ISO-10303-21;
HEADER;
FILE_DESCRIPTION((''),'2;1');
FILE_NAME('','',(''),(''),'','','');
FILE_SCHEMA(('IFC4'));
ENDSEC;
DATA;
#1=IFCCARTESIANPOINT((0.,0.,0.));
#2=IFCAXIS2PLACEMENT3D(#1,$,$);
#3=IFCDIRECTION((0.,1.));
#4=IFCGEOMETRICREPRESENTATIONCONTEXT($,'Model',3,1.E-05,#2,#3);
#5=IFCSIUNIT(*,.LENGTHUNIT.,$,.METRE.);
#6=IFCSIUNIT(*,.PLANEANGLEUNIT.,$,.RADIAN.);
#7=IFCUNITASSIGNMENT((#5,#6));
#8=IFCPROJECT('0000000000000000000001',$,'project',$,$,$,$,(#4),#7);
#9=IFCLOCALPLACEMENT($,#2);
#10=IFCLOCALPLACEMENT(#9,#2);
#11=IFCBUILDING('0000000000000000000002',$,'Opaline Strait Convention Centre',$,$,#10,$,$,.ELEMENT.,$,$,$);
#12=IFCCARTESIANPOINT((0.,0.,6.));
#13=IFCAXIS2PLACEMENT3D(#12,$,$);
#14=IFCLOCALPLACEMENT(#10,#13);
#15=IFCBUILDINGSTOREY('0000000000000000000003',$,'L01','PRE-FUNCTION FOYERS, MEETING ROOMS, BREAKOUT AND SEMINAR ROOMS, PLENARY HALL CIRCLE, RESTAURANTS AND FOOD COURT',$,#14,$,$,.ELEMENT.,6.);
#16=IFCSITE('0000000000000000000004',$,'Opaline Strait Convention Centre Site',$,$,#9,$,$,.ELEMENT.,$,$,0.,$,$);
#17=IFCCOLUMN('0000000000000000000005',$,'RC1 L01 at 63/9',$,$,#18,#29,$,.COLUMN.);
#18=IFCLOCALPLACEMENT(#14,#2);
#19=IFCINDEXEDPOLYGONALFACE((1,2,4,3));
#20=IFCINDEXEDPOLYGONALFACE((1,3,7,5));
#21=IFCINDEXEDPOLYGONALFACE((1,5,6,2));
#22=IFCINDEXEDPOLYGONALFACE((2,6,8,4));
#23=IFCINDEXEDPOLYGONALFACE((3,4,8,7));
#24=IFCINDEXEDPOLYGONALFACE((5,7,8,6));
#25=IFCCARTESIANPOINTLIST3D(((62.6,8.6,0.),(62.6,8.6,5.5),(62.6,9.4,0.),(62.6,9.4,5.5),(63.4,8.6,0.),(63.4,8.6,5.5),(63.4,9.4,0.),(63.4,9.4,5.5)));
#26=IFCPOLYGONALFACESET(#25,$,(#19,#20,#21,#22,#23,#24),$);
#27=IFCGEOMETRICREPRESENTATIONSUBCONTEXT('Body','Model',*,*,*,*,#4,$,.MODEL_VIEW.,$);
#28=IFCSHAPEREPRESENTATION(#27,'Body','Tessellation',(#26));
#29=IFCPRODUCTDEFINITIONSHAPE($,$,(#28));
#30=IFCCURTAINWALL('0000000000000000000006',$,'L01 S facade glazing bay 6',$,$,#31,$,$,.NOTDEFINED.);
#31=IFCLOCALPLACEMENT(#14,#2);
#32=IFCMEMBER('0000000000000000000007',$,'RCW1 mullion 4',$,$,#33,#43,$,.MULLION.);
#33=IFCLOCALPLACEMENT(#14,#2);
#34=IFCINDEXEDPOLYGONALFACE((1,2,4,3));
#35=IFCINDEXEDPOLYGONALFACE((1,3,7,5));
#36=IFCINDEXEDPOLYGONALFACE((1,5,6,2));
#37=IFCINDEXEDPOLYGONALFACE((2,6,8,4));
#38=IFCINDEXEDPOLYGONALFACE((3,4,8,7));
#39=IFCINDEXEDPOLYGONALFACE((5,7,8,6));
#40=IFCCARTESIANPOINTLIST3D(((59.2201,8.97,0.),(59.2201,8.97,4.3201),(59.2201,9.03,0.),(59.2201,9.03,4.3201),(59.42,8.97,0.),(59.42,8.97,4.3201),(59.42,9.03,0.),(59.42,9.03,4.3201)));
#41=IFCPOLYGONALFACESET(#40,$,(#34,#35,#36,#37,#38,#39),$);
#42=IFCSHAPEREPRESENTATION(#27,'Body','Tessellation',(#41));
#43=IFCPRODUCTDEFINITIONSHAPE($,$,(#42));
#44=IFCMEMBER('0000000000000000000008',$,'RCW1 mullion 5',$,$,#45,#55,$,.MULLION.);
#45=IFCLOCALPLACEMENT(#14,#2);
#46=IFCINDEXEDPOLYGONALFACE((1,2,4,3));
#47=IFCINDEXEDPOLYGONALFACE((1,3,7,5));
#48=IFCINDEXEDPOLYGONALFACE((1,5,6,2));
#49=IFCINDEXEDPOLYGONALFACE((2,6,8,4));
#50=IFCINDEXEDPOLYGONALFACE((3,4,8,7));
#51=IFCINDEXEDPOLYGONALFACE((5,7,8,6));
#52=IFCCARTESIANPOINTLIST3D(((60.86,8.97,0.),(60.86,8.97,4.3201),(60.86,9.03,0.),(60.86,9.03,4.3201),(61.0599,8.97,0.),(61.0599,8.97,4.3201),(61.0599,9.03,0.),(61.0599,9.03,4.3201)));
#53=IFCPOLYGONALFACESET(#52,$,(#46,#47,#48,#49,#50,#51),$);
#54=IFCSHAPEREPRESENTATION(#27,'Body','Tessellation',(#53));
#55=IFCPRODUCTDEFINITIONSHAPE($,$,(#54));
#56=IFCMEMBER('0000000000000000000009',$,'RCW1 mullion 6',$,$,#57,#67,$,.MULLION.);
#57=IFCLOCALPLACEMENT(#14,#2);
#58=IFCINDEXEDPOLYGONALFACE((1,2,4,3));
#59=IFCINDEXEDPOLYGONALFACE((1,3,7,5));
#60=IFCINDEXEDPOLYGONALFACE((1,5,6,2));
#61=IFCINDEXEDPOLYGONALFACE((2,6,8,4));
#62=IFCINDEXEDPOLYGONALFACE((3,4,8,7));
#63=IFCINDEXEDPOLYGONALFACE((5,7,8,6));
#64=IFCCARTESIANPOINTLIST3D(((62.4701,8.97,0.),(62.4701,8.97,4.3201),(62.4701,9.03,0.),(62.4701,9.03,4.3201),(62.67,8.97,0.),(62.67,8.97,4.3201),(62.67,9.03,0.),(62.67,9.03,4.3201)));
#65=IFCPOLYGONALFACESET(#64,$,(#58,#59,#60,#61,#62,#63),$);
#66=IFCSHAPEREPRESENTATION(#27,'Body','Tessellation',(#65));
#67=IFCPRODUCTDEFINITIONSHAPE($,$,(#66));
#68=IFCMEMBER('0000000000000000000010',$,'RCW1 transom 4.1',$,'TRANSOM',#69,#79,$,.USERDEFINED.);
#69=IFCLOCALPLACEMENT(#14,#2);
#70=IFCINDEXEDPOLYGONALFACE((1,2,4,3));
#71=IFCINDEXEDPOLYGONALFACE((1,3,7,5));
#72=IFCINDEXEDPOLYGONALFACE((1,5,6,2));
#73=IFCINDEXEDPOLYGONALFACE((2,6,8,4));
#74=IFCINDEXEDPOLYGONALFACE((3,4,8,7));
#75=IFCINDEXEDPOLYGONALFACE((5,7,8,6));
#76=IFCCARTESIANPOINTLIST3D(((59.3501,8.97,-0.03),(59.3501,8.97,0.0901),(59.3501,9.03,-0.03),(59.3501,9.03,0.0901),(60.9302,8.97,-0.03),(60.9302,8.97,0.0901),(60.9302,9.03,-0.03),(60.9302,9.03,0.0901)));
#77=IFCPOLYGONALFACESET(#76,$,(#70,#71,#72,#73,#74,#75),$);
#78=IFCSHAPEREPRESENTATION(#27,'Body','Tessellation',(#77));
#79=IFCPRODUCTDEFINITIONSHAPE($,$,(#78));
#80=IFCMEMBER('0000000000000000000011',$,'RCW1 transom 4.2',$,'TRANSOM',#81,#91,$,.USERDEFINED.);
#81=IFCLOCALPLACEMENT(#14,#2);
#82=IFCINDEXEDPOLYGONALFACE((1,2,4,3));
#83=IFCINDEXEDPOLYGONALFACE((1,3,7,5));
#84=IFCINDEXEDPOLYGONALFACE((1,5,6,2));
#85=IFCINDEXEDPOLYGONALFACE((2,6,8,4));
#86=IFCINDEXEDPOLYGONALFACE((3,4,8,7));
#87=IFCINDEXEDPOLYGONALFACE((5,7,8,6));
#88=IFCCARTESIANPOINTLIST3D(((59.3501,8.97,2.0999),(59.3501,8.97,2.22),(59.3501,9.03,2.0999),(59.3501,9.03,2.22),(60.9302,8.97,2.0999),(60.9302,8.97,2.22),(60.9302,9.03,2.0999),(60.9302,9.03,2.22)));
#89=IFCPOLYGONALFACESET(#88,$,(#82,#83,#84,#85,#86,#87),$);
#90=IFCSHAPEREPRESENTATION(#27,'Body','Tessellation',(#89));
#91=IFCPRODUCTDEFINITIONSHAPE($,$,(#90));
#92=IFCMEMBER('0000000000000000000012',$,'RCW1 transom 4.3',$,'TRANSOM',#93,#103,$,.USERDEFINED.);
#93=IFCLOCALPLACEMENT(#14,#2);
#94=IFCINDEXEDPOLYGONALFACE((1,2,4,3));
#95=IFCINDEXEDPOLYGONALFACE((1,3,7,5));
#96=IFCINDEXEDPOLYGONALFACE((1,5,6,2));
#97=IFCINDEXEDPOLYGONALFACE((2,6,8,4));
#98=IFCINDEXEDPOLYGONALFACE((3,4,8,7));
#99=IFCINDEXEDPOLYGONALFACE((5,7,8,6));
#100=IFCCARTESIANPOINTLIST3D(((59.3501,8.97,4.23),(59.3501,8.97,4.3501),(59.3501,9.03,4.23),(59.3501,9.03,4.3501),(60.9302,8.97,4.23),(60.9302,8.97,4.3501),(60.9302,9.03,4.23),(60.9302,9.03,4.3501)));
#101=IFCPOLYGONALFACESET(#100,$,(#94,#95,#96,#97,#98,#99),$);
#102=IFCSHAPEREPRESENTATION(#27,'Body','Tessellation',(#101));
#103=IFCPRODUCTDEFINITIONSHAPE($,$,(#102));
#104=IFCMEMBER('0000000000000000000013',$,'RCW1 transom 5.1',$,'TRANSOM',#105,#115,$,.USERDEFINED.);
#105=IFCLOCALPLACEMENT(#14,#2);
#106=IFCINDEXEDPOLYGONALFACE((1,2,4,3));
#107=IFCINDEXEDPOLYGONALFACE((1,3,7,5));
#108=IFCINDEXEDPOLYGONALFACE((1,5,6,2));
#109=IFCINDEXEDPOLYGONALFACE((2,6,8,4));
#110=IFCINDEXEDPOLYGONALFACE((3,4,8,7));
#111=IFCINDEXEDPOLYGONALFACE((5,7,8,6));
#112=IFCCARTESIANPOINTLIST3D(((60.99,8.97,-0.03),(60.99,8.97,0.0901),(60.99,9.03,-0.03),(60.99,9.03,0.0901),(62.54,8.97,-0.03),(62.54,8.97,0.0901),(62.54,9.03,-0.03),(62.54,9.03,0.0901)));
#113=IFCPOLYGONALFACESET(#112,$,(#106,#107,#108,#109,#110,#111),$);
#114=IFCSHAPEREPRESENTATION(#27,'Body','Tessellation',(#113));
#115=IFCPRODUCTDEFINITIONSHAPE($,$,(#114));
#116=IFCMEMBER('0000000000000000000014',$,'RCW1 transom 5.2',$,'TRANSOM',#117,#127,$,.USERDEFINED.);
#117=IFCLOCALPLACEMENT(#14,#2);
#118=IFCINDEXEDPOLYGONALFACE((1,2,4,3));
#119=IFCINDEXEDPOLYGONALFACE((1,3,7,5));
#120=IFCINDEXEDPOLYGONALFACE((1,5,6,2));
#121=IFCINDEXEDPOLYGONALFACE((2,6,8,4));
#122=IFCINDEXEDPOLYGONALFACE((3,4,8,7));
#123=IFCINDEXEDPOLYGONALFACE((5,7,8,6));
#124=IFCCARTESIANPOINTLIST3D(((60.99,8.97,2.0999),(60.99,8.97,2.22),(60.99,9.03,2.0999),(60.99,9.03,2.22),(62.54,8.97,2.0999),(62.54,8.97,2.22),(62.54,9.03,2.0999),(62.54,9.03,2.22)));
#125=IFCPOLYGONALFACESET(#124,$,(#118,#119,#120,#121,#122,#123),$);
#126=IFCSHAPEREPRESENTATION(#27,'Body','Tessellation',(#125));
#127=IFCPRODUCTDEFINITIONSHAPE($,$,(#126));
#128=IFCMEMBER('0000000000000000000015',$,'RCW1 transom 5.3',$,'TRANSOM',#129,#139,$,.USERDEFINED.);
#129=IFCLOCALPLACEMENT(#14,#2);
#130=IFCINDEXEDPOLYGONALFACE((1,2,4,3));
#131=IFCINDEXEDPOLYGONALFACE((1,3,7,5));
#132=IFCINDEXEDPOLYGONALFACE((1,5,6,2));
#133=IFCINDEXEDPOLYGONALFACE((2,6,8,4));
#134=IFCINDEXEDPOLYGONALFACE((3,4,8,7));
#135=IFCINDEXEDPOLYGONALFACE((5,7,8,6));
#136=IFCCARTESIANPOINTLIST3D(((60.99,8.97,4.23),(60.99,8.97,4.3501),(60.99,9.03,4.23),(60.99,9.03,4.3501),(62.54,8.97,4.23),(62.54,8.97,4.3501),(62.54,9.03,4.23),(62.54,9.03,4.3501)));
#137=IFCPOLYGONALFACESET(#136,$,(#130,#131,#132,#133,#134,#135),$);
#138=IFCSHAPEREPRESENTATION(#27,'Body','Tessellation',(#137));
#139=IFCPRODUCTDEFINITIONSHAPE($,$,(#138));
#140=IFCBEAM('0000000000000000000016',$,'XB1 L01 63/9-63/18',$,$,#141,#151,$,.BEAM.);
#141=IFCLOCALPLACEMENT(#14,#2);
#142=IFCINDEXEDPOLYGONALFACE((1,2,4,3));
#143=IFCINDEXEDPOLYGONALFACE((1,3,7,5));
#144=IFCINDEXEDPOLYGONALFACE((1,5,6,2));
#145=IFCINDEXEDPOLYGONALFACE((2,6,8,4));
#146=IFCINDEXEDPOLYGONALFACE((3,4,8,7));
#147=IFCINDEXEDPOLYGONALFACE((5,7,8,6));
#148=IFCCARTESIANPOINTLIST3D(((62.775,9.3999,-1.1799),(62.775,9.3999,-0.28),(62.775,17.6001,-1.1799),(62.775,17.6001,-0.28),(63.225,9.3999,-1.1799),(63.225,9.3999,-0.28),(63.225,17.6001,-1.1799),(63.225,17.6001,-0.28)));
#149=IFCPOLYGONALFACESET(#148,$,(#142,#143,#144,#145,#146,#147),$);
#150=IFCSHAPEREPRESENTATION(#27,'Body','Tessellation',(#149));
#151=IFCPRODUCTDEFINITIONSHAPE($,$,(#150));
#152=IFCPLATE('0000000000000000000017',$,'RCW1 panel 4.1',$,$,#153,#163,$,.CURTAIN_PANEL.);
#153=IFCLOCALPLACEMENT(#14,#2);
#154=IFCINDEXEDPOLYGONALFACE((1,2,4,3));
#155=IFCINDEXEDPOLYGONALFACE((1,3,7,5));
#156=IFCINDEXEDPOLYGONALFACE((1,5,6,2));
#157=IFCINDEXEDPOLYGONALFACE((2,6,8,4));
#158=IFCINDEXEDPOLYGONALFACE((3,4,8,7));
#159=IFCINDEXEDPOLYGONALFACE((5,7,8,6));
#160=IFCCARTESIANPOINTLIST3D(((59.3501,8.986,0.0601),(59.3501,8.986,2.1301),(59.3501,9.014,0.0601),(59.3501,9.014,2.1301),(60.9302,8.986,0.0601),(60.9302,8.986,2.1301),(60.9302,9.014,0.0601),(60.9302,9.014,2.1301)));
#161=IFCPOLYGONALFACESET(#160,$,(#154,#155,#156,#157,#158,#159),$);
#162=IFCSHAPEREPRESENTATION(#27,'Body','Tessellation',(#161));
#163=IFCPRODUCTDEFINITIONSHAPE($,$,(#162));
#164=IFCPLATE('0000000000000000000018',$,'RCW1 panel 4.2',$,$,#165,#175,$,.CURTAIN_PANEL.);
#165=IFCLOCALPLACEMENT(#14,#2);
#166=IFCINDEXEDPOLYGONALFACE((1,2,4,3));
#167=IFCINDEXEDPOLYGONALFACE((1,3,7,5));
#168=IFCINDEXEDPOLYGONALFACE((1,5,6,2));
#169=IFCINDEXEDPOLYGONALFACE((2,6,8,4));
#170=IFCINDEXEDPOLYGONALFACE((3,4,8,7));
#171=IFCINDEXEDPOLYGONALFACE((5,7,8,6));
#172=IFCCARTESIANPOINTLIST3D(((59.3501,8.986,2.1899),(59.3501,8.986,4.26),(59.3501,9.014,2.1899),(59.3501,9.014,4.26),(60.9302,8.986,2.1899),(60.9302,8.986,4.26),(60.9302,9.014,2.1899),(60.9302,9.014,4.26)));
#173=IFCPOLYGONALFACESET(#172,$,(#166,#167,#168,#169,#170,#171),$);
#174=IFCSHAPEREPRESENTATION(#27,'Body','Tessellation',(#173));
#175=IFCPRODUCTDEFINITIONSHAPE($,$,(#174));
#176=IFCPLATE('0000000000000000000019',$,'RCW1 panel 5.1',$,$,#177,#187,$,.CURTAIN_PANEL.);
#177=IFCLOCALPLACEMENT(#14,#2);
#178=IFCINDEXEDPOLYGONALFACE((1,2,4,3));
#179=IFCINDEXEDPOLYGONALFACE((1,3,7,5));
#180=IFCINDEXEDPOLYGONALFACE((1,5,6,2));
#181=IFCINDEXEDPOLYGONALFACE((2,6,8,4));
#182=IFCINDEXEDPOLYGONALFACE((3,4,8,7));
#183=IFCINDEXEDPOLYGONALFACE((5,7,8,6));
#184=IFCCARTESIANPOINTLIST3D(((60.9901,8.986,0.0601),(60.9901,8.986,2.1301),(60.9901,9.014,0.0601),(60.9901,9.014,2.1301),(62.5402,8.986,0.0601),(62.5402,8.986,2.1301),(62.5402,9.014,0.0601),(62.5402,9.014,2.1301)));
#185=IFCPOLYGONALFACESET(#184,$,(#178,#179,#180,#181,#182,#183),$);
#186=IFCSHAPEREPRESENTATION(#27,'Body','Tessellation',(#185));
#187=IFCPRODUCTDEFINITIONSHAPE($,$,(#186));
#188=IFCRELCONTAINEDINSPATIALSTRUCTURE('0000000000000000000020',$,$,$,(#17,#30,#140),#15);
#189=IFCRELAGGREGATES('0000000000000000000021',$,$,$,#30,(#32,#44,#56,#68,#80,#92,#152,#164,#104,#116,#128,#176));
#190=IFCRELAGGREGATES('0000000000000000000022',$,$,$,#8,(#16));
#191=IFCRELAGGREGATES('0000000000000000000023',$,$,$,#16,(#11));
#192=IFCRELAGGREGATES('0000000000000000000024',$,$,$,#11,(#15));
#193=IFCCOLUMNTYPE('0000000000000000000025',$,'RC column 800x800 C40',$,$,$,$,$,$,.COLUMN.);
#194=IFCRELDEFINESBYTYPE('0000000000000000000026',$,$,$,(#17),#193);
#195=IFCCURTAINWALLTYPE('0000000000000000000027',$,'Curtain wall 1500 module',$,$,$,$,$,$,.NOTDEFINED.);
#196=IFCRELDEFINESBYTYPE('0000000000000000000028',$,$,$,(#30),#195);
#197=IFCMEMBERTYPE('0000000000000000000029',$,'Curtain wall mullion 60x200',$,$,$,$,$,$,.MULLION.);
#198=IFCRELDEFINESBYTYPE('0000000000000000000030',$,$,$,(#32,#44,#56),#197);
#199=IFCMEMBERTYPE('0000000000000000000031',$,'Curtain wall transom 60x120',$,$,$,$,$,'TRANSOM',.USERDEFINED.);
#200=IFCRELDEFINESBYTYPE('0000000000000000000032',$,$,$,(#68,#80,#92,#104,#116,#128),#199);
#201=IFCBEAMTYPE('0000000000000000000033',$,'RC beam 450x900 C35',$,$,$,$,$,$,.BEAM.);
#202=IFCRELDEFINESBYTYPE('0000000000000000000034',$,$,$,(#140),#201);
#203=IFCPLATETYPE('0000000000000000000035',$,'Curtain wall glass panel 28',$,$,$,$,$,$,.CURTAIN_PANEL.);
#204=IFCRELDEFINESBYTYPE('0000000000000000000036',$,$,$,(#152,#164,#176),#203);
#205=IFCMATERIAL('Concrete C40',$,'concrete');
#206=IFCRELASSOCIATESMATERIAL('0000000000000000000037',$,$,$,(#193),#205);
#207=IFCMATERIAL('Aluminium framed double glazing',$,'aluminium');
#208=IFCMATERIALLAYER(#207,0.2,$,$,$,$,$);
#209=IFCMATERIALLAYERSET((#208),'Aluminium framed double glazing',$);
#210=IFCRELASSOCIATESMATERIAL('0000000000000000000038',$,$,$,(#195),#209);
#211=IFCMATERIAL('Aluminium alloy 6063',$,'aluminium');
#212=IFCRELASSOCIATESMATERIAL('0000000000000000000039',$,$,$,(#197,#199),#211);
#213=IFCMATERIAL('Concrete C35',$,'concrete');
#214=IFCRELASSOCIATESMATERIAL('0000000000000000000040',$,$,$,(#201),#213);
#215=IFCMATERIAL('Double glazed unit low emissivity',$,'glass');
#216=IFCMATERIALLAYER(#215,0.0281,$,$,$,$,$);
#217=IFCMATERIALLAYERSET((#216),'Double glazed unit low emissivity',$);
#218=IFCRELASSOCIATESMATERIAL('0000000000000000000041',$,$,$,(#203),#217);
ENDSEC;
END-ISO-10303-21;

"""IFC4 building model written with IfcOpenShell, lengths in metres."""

from ifc_helpers import new_model, si_unit, direction, frame, origin, origin_2d, place, context, subcontext, project, spatial, rectangle, extrude, material, layer, layer_set, material_profile, profile_set, type_object, element, aggregate, save


model = new_model("IFC4")

# Units and contexts
model_context = context("Model", 3, precision=1e-05, world=origin(), true_north=direction((0.0, 1.0)))
body_context = subcontext(model_context, "Body", "Model", "MODEL_VIEW")
ifc_project = project(units=[si_unit("LENGTHUNIT", "METRE"), si_unit("PLANEANGLEUNIT", "RADIAN")], contexts=[model_context])

# Site, building, storey
site_placement = place(None, origin())
site = spatial("IfcSite", under=ifc_project, at=site_placement, Name="Opaline Strait Convention Centre Site", CompositionType="ELEMENT", RefElevation=0.0)
building_placement = place(site_placement, origin())
building = spatial("IfcBuilding", under=site, at=building_placement, Name="Opaline Strait Convention Centre", CompositionType="ELEMENT")
storey_placement = place(building_placement, frame((0.0, 0.0, 6.0)))
storey = spatial("IfcBuildingStorey", under=building, at=storey_placement, Name="L01", Description="PRE-FUNCTION FOYERS, MEETING ROOMS, BREAKOUT AND SEMINAR ROOMS, PLENARY HALL CIRCLE, RESTAURANTS AND FOOD COURT", CompositionType="ELEMENT", Elevation=6.0)

# Column
ifc_material_1 = material(Name="Concrete C40", Category="concrete")
ifc_material_profile_1 = material_profile(ifc_material_1, rectangle(XDim=0.8, YDim=0.8, at=origin_2d()), Name="RC 800x800")
ifc_profile_set_1 = profile_set([ifc_material_profile_1], Name="Concrete C40")
column_type = type_object("IfcColumnType", Name="RC column 800x800 C40", PredefinedType="COLUMN", material=ifc_profile_set_1)
column_placement = place(storey_placement, frame((63.0, 9.0, 0.0), z_axis=(0.0, 0.0, 1.0), x_axis=(1.0, 0.0, 0.0)))
element("IfcColumn", 1, at=column_placement, inside=storey, type_object=column_type, Name="RC1 L01 at 63/9", PredefinedType="COLUMN", context=body_context, shape_type="SweptSolid", body=[
    extrude(rectangle(XDim=0.8, YDim=0.8, at=origin_2d()), origin(), (0.0, 0.0, 1.0), 5.5),
])

# Curtain wall, members
ifc_material_2 = material(Name="Aluminium framed double glazing", Category="aluminium")
ifc_layer_1 = layer(ifc_material_2, 0.2)
ifc_layer_set_1 = layer_set([ifc_layer_1], Name="Aluminium framed double glazing")
curtain_wall_type = type_object("IfcCurtainWallType", Name="Curtain wall 1500 module", PredefinedType="NOTDEFINED", material=ifc_layer_set_1)
curtain_wall_placement = place(storey_placement, origin())
curtain_wall = element("IfcCurtainWall", 2, at=curtain_wall_placement, inside=storey, type_object=curtain_wall_type, Name="L01 S facade glazing bay 6", PredefinedType="NOTDEFINED")
ifc_material_3 = material(Name="Aluminium alloy 6063", Category="aluminium")
ifc_material_profile_2 = material_profile(ifc_material_3, rectangle(XDim=0.0601, YDim=0.2, at=origin_2d()), Name="Curtain wall mullion 60x200")
ifc_profile_set_2 = profile_set([ifc_material_profile_2], Name="Aluminium alloy 6063")
member_type_1 = type_object("IfcMemberType", Name="Curtain wall mullion 60x200", PredefinedType="MULLION", material=ifc_profile_set_2)
member_1_placement = place(storey_placement, frame((59.3201, 9.0, 0.0), z_axis=(0.0, 0.0, 1.0), x_axis=(0.0, 1.0, 0.0)))
member_1 = element("IfcMember", 3, at=member_1_placement, type_object=member_type_1, Name="RCW1 mullion 4", PredefinedType="MULLION", context=body_context, shape_type="SweptSolid", body=[
    extrude(rectangle(XDim=0.0601, YDim=0.2, at=origin_2d()), origin(), (0.0, 0.0, 1.0), 4.3201),
])
member_2_placement = place(storey_placement, frame((60.96, 9.0, 0.0), z_axis=(0.0, 0.0, 1.0), x_axis=(0.0, 1.0, 0.0)))
member_2 = element("IfcMember", 4, at=member_2_placement, type_object=member_type_1, Name="RCW1 mullion 5", PredefinedType="MULLION", context=body_context, shape_type="SweptSolid", body=[
    extrude(rectangle(XDim=0.0601, YDim=0.2, at=origin_2d()), origin(), (0.0, 0.0, 1.0), 4.3201),
])
member_3_placement = place(storey_placement, frame((62.5701, 9.0, 0.0), z_axis=(0.0, 0.0, 1.0), x_axis=(0.0, 1.0, 0.0)))
member_3 = element("IfcMember", 5, at=member_3_placement, type_object=member_type_1, Name="RCW1 mullion 6", PredefinedType="MULLION", context=body_context, shape_type="SweptSolid", body=[
    extrude(rectangle(XDim=0.0601, YDim=0.2, at=origin_2d()), origin(), (0.0, 0.0, 1.0), 4.3201),
])
ifc_material_profile_3 = material_profile(ifc_material_3, rectangle(XDim=0.0601, YDim=0.1201, at=origin_2d()), Name="Curtain wall transom 60x120")
ifc_profile_set_3 = profile_set([ifc_material_profile_3], Name="Aluminium alloy 6063")
member_type_2 = type_object("IfcMemberType", Name="Curtain wall transom 60x120", ElementType="TRANSOM", PredefinedType="USERDEFINED", material=ifc_profile_set_3)
member_4_placement = place(storey_placement, frame((59.3501, 9.0, 0.03), z_axis=(1.0, 0.0, 0.0), x_axis=(0.0, 1.0, 0.0)))
member_4 = element("IfcMember", 6, at=member_4_placement, type_object=member_type_2, Name="RCW1 transom 4.1", ObjectType="TRANSOM", PredefinedType="USERDEFINED", context=body_context, shape_type="SweptSolid", body=[
    extrude(rectangle(XDim=0.0601, YDim=0.1201, at=origin_2d()), origin(), (0.0, 0.0, 1.0), 1.5801),
])
member_5_placement = place(storey_placement, frame((59.3501, 9.0, 2.1599), z_axis=(1.0, 0.0, 0.0), x_axis=(0.0, 1.0, 0.0)))
member_5 = element("IfcMember", 7, at=member_5_placement, type_object=member_type_2, Name="RCW1 transom 4.2", ObjectType="TRANSOM", PredefinedType="USERDEFINED", context=body_context, shape_type="SweptSolid", body=[
    extrude(rectangle(XDim=0.0601, YDim=0.1201, at=origin_2d()), origin(), (0.0, 0.0, 1.0), 1.5801),
])
member_6_placement = place(storey_placement, frame((59.3501, 9.0, 4.29), z_axis=(1.0, 0.0, 0.0), x_axis=(0.0, 1.0, 0.0)))
member_6 = element("IfcMember", 8, at=member_6_placement, type_object=member_type_2, Name="RCW1 transom 4.3", ObjectType="TRANSOM", PredefinedType="USERDEFINED", context=body_context, shape_type="SweptSolid", body=[
    extrude(rectangle(XDim=0.0601, YDim=0.1201, at=origin_2d()), origin(), (0.0, 0.0, 1.0), 1.5801),
])
member_7_placement = place(storey_placement, frame((60.99, 9.0, 0.03), z_axis=(1.0, 0.0, 0.0), x_axis=(0.0, 1.0, 0.0)))
member_7 = element("IfcMember", 9, at=member_7_placement, type_object=member_type_2, Name="RCW1 transom 5.1", ObjectType="TRANSOM", PredefinedType="USERDEFINED", context=body_context, shape_type="SweptSolid", body=[
    extrude(rectangle(XDim=0.0601, YDim=0.1201, at=origin_2d()), origin(), (0.0, 0.0, 1.0), 1.55),
])
member_8_placement = place(storey_placement, frame((60.99, 9.0, 2.1599), z_axis=(1.0, 0.0, 0.0), x_axis=(0.0, 1.0, 0.0)))
member_8 = element("IfcMember", 10, at=member_8_placement, type_object=member_type_2, Name="RCW1 transom 5.2", ObjectType="TRANSOM", PredefinedType="USERDEFINED", context=body_context, shape_type="SweptSolid", body=[
    extrude(rectangle(XDim=0.0601, YDim=0.1201, at=origin_2d()), origin(), (0.0, 0.0, 1.0), 1.55),
])
member_9_placement = place(storey_placement, frame((60.99, 9.0, 4.29), z_axis=(1.0, 0.0, 0.0), x_axis=(0.0, 1.0, 0.0)))
member_9 = element("IfcMember", 11, at=member_9_placement, type_object=member_type_2, Name="RCW1 transom 5.3", ObjectType="TRANSOM", PredefinedType="USERDEFINED", context=body_context, shape_type="SweptSolid", body=[
    extrude(rectangle(XDim=0.0601, YDim=0.1201, at=origin_2d()), origin(), (0.0, 0.0, 1.0), 1.55),
])

# Beam
ifc_material_4 = material(Name="Concrete C35", Category="concrete")
ifc_material_profile_4 = material_profile(ifc_material_4, rectangle(XDim=0.45, YDim=0.8999, at=origin_2d()), Name="RC 450x900")
ifc_profile_set_4 = profile_set([ifc_material_profile_4], Name="Concrete C35")
beam_type = type_object("IfcBeamType", Name="RC beam 450x900 C35", PredefinedType="BEAM", material=ifc_profile_set_4)
beam_placement = place(storey_placement, frame((63.0, 9.3999, -0.73), z_axis=(0.0, 1.0, 0.0), x_axis=(-1.0, 0.0, 0.0)))
element("IfcBeam", 12, at=beam_placement, inside=storey, type_object=beam_type, Name="XB1 L01 63/9-63/18", PredefinedType="BEAM", context=body_context, shape_type="SweptSolid", body=[
    extrude(rectangle(XDim=0.45, YDim=0.8999, at=origin_2d()), origin(), (0.0, 0.0, 1.0), 8.2002),
])

# Plates
ifc_material_5 = material(Name="Double glazed unit low emissivity", Category="glass")
ifc_layer_2 = layer(ifc_material_5, 0.0281)
ifc_layer_set_2 = layer_set([ifc_layer_2], Name="Double glazed unit low emissivity")
plate_type = type_object("IfcPlateType", Name="Curtain wall glass panel 28", PredefinedType="CURTAIN_PANEL", material=ifc_layer_set_2)
plate_1_placement = place(storey_placement, frame((60.1401, 9.0, 0.0601), z_axis=(0.0, 0.0, 1.0), x_axis=(1.0, 0.0, 0.0)))
plate_1 = element("IfcPlate", 13, at=plate_1_placement, type_object=plate_type, Name="RCW1 panel 4.1", PredefinedType="CURTAIN_PANEL", context=body_context, shape_type="SweptSolid", body=[
    extrude(rectangle(XDim=1.5801, YDim=0.0281, at=origin_2d()), origin(), (0.0, 0.0, 1.0), 2.0701),
])
plate_2_placement = place(storey_placement, frame((60.1401, 9.0, 2.1899), z_axis=(0.0, 0.0, 1.0), x_axis=(1.0, 0.0, 0.0)))
plate_2 = element("IfcPlate", 14, at=plate_2_placement, type_object=plate_type, Name="RCW1 panel 4.2", PredefinedType="CURTAIN_PANEL", context=body_context, shape_type="SweptSolid", body=[
    extrude(rectangle(XDim=1.5801, YDim=0.0281, at=origin_2d()), origin(), (0.0, 0.0, 1.0), 2.0701),
])
plate_3_placement = place(storey_placement, frame((61.7651, 9.0, 0.0601), z_axis=(0.0, 0.0, 1.0), x_axis=(1.0, 0.0, 0.0)))
plate_3 = element("IfcPlate", 15, at=plate_3_placement, type_object=plate_type, Name="RCW1 panel 5.1", PredefinedType="CURTAIN_PANEL", context=body_context, shape_type="SweptSolid", body=[
    extrude(rectangle(XDim=1.55, YDim=0.0281, at=origin_2d()), origin(), (0.0, 0.0, 1.0), 2.0701),
])
aggregate(curtain_wall, [member_1, member_2, member_3, member_4, member_5, member_6, plate_1, plate_2, member_7, member_8, member_9, plate_3])

save(model, "model.ifc")
